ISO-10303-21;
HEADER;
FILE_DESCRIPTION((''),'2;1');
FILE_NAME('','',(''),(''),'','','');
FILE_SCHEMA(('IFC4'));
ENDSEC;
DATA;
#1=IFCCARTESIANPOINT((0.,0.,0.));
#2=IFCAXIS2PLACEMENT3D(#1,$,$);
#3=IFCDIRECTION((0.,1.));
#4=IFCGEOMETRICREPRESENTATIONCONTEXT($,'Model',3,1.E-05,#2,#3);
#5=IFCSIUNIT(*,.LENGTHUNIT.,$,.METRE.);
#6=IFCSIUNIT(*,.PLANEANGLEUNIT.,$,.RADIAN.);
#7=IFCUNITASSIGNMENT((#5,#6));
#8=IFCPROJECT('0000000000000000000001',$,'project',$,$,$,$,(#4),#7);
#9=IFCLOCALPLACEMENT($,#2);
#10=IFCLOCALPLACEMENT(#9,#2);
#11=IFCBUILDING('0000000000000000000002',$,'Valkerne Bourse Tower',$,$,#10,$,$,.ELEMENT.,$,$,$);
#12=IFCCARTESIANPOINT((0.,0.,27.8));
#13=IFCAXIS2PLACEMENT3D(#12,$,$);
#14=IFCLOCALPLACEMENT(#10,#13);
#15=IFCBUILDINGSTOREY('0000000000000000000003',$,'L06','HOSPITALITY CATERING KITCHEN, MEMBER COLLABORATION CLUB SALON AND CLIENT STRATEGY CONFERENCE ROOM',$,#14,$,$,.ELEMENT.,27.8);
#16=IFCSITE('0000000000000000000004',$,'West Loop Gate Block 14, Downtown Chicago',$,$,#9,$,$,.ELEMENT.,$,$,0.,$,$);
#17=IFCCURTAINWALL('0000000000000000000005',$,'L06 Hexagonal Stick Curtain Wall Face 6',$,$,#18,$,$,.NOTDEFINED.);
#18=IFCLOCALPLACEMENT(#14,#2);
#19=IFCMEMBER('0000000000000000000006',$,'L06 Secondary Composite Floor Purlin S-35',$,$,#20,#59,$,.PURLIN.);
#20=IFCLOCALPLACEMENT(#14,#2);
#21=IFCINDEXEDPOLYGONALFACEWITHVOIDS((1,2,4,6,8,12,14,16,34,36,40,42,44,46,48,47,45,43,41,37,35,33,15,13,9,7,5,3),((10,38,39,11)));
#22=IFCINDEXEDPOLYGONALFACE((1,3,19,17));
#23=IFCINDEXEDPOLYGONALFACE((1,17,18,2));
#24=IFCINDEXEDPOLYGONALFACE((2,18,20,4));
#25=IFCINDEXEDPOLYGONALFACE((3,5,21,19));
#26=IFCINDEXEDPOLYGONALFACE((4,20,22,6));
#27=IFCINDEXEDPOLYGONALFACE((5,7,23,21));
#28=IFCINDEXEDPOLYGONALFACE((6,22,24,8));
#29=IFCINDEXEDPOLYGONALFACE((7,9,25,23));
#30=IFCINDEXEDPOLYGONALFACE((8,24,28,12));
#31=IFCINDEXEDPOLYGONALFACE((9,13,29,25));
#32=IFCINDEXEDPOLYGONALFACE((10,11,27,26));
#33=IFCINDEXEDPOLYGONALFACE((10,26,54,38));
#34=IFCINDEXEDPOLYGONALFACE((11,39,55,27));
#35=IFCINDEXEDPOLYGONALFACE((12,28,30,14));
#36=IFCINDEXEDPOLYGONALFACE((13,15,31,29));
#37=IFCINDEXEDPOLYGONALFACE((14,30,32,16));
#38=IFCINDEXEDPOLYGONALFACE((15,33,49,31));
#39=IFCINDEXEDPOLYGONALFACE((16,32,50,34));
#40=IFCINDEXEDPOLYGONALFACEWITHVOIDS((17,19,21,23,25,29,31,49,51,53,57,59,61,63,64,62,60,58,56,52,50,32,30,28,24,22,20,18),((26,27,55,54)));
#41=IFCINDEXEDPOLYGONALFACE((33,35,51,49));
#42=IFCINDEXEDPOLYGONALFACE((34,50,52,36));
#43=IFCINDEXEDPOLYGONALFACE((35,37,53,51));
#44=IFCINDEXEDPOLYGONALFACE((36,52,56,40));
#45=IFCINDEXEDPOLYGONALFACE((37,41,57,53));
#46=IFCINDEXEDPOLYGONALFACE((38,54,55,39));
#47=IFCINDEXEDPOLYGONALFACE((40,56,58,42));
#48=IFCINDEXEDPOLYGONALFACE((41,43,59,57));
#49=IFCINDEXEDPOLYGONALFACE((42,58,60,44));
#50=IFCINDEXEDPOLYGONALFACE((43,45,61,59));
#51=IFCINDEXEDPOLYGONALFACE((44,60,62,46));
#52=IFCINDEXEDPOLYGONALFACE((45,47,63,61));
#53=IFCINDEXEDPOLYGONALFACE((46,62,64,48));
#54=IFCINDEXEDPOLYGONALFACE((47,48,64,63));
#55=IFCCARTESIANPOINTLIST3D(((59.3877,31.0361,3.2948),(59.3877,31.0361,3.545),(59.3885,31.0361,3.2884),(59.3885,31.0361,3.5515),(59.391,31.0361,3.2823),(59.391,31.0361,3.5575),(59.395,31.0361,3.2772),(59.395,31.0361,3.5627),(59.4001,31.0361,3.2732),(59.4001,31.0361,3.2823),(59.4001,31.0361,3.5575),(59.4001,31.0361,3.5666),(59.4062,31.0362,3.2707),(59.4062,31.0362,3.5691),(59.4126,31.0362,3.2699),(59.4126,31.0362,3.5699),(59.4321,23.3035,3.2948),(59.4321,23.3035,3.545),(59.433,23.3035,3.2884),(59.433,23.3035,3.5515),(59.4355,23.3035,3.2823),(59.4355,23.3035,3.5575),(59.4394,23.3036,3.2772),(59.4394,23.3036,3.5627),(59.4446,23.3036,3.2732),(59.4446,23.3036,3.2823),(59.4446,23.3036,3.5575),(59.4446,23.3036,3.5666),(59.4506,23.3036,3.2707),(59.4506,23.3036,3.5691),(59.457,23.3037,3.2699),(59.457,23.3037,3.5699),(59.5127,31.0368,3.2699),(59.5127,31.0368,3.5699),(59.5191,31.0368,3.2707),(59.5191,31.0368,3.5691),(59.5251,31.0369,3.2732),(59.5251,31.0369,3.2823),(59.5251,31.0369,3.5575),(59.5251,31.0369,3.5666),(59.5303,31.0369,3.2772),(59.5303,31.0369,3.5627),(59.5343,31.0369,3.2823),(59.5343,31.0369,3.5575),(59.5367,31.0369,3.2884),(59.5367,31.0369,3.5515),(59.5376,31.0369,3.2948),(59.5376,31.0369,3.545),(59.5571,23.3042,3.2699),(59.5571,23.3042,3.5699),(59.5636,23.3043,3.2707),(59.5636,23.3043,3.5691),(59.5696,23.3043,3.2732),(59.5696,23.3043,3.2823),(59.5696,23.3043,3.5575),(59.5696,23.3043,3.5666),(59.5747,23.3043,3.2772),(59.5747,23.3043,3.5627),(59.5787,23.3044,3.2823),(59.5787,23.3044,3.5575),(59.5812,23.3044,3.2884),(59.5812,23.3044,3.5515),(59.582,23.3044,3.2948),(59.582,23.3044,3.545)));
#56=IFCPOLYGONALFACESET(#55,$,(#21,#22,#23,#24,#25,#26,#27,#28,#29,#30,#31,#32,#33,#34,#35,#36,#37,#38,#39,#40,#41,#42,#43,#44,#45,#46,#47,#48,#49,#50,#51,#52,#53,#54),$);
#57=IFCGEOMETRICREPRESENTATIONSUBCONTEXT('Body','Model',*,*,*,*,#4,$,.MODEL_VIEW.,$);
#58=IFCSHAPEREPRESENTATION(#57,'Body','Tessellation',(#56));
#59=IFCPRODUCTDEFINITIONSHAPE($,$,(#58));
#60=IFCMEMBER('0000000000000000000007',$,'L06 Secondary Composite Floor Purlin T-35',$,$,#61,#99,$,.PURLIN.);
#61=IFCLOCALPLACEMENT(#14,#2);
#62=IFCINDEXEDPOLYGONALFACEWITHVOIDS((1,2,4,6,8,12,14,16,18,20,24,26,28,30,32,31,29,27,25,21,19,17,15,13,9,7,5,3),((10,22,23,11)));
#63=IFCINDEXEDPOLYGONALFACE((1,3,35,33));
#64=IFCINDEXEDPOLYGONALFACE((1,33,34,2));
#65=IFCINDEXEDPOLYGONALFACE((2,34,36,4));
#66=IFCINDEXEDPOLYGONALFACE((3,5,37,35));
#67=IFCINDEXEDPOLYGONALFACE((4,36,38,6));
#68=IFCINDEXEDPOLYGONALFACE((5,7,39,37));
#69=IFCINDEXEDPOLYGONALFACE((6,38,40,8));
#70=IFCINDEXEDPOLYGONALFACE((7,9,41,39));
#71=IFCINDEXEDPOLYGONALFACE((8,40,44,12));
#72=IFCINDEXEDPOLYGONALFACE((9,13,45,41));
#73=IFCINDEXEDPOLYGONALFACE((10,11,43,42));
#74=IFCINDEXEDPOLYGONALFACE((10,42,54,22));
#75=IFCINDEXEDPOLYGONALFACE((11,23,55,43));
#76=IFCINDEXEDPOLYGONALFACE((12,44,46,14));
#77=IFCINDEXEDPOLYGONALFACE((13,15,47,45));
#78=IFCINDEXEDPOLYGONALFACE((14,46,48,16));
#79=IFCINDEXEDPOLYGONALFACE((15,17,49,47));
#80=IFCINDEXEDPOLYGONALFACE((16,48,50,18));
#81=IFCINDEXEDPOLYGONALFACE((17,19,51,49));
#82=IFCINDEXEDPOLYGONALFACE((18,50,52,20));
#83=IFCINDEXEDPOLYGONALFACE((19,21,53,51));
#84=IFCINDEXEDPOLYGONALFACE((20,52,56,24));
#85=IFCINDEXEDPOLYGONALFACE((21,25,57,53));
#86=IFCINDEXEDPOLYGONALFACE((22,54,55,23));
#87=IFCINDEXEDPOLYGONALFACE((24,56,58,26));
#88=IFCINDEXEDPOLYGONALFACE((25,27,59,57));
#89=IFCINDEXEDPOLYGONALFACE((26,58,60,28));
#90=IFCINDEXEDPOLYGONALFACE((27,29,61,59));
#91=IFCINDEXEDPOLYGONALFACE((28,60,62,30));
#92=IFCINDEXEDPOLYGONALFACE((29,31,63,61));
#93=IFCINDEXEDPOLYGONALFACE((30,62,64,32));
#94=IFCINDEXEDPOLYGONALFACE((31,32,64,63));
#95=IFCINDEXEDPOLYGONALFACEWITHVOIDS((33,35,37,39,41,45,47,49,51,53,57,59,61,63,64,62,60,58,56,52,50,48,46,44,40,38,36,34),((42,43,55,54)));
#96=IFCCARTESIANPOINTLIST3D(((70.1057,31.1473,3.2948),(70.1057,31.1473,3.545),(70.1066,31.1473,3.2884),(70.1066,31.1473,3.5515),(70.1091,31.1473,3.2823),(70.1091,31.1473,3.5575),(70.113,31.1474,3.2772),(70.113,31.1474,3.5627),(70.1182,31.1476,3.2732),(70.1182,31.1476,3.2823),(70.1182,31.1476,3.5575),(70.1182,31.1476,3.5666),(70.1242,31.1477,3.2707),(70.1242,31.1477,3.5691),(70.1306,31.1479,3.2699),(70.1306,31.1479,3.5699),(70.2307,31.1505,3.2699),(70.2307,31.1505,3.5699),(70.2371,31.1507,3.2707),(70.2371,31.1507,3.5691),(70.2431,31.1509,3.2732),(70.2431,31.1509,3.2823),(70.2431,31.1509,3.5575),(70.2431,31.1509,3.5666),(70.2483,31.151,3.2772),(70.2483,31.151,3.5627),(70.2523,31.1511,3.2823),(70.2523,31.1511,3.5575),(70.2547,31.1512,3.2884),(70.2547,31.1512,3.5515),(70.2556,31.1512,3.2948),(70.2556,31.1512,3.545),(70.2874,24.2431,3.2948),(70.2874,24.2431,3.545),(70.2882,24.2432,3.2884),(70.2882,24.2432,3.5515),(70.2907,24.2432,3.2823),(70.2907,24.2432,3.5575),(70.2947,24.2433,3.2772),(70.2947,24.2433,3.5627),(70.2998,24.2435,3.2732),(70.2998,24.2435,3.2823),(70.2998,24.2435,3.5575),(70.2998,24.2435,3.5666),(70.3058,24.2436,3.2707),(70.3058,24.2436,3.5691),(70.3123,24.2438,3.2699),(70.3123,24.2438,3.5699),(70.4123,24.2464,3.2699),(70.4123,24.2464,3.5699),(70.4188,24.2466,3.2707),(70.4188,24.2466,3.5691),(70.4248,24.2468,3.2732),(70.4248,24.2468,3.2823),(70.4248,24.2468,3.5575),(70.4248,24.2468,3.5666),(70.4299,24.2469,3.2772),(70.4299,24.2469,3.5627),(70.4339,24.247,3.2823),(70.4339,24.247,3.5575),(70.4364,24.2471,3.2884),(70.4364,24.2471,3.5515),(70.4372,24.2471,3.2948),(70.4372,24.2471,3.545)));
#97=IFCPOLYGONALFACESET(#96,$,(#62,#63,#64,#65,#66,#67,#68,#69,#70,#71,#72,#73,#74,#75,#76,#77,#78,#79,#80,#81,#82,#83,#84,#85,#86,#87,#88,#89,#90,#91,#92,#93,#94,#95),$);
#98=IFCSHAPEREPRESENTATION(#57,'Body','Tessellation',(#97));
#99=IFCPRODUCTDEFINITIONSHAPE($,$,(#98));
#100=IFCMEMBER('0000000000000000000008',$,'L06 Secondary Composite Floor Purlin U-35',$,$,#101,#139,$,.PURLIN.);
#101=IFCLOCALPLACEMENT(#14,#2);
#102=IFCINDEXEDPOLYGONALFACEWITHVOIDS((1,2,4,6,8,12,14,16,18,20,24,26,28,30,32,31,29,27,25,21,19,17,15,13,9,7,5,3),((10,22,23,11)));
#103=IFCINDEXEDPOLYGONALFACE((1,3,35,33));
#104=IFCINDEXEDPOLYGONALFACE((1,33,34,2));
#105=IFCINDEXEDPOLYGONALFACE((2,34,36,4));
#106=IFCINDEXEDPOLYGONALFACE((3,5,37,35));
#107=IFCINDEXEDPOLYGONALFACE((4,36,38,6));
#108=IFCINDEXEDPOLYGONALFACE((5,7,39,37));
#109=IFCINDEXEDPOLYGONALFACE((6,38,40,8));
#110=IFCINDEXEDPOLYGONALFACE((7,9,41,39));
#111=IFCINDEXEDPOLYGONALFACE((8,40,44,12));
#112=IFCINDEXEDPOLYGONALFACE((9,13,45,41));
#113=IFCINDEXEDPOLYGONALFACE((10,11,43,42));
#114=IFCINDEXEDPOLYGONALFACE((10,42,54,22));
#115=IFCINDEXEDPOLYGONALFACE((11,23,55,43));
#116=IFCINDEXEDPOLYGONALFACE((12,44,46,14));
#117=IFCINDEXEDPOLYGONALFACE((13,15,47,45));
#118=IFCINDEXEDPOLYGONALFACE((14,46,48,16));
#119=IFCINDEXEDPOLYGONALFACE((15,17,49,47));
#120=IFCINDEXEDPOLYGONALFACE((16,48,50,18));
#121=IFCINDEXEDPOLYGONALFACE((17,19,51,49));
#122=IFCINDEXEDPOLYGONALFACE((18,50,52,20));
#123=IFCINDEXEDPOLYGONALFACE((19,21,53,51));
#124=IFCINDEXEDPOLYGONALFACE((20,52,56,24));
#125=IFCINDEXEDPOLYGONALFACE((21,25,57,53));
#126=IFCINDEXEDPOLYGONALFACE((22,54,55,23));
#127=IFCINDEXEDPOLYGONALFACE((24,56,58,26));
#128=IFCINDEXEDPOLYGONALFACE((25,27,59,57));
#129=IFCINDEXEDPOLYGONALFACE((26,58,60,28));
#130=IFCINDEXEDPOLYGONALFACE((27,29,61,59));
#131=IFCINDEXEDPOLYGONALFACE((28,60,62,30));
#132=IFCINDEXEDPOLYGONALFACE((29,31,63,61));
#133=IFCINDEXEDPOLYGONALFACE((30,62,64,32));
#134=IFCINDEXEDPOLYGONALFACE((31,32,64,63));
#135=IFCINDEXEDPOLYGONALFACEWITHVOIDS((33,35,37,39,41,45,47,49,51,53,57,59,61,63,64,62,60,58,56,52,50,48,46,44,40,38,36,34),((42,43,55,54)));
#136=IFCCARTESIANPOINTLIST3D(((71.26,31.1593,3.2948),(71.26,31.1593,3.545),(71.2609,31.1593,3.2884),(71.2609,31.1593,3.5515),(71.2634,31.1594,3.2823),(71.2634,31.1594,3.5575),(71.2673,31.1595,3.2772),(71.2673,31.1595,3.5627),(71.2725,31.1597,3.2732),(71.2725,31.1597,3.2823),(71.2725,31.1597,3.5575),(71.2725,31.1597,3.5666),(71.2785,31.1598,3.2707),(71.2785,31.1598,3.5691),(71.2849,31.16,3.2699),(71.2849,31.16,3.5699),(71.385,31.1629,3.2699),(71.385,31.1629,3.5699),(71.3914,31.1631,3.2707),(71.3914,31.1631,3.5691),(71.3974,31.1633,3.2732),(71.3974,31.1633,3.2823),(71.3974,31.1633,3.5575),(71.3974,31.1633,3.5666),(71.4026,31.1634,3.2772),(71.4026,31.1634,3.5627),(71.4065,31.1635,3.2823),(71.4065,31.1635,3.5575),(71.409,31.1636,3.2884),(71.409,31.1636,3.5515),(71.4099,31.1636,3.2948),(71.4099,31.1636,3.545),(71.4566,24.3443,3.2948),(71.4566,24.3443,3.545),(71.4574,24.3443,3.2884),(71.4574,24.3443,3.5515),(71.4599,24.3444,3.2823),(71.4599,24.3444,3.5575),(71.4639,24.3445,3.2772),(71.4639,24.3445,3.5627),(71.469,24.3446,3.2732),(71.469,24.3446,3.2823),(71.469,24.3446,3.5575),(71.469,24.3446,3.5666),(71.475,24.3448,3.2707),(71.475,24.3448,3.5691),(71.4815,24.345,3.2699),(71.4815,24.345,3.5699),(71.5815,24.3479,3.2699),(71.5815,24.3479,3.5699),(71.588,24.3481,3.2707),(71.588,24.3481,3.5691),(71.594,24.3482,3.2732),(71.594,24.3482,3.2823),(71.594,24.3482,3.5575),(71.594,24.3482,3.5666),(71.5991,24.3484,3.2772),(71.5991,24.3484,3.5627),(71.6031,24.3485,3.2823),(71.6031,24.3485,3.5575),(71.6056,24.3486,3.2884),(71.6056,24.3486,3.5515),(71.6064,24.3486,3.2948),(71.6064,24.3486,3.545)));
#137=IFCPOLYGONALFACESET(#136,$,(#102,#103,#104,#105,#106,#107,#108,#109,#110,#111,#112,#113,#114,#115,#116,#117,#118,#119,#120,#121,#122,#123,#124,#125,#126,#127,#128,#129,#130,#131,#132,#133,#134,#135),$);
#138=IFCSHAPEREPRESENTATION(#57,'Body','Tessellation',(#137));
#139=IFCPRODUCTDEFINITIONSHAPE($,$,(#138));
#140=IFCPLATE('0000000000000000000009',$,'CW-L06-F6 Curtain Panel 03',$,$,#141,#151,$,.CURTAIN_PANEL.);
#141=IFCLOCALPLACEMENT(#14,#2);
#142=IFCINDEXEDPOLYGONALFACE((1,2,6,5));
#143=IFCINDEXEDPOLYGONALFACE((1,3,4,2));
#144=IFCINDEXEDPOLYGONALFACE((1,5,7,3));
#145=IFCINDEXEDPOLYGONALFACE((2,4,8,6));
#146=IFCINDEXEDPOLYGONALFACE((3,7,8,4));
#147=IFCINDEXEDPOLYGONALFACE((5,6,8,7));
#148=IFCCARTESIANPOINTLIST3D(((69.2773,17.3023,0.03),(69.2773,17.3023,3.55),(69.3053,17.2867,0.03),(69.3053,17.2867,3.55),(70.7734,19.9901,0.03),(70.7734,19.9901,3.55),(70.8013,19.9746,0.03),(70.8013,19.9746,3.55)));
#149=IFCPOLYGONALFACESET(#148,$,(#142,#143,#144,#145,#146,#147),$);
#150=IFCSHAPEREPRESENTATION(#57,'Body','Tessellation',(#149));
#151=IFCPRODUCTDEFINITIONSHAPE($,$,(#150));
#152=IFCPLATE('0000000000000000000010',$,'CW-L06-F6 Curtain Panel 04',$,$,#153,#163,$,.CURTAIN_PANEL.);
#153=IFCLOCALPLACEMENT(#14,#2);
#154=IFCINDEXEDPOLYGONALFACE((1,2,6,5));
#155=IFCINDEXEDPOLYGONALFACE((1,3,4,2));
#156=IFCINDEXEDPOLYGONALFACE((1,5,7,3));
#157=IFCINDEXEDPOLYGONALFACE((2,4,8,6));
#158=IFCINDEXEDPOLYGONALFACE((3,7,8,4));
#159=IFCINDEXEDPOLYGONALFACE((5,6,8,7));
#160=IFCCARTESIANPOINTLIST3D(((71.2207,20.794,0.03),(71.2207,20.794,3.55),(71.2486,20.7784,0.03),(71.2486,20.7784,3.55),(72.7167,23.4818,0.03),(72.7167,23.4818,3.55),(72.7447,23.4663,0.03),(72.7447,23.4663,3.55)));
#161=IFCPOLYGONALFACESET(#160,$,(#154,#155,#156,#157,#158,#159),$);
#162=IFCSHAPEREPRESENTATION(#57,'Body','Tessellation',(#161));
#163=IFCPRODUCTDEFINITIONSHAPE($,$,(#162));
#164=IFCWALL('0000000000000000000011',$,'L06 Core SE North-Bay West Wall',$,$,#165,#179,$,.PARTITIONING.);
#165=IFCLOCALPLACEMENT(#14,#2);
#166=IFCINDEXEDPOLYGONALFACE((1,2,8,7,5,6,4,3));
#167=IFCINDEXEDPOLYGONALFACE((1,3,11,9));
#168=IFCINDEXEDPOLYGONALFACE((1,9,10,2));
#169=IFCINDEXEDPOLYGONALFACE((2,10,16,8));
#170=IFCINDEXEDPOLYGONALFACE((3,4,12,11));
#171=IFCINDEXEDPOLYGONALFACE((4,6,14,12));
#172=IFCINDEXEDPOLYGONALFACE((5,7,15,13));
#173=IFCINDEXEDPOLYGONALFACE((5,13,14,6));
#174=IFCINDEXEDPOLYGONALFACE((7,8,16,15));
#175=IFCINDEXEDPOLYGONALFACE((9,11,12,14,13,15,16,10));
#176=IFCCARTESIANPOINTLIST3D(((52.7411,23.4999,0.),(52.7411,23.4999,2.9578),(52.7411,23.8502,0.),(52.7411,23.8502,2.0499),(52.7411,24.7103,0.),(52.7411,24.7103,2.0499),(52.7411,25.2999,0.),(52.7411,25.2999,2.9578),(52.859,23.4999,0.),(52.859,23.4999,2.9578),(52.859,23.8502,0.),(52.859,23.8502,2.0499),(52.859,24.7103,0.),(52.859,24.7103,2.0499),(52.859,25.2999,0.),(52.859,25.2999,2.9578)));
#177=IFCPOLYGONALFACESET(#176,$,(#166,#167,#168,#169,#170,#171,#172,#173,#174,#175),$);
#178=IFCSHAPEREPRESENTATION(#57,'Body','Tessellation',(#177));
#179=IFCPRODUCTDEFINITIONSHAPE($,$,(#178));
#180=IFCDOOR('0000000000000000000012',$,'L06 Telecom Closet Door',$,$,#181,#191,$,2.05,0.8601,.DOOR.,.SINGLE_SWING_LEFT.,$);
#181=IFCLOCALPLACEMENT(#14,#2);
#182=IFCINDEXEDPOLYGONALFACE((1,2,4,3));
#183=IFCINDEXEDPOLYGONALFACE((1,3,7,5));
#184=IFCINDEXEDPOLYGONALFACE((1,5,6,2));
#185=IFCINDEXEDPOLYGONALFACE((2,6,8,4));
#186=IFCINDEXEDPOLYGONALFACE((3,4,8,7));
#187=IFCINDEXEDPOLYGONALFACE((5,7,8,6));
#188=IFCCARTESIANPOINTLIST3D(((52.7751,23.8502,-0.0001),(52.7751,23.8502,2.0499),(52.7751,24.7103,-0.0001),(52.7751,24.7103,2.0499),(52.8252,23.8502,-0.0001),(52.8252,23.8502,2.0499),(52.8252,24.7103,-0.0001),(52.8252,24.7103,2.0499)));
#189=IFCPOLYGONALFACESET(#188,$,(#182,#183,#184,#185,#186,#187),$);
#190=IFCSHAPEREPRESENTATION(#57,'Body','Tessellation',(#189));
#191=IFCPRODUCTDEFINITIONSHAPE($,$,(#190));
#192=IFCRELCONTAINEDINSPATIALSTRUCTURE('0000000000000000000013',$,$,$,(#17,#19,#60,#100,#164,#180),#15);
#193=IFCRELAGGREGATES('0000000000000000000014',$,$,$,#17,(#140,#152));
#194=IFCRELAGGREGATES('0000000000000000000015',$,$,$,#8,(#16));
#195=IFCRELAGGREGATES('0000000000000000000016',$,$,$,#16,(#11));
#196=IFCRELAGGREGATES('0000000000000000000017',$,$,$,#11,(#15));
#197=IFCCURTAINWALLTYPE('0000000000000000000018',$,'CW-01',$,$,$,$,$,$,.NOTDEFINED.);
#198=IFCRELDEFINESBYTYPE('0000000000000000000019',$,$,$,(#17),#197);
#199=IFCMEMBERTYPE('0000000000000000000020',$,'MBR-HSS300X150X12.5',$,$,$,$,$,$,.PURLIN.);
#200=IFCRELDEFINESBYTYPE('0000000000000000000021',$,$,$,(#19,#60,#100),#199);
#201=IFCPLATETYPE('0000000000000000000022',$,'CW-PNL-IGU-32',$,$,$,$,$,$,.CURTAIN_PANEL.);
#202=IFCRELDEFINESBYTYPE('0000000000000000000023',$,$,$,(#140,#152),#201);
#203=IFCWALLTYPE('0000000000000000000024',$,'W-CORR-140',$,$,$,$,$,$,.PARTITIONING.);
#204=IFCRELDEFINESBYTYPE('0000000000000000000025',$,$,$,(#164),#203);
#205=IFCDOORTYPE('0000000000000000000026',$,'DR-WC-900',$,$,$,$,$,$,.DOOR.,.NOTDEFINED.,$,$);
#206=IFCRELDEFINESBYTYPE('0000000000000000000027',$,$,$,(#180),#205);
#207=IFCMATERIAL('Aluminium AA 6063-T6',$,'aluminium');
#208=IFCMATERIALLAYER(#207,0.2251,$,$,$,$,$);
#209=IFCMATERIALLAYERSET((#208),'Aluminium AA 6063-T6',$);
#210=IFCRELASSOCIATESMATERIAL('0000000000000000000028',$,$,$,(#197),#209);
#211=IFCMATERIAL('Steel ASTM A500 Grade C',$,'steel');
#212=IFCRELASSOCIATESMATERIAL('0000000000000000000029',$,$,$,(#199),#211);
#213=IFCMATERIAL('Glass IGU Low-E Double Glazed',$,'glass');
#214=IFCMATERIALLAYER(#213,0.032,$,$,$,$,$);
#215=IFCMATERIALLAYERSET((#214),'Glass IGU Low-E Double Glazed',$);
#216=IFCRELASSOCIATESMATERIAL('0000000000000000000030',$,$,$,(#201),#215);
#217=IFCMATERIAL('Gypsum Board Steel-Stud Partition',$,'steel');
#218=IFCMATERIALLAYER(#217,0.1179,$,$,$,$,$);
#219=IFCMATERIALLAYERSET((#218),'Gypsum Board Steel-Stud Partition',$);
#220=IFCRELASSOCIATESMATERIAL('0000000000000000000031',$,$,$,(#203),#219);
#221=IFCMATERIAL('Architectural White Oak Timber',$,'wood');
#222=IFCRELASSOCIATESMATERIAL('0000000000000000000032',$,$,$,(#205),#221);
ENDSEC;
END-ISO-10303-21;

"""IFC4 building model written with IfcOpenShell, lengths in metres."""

from ifc_helpers import new_model, si_unit, direction, frame, frame_2d, origin, origin_2d, place, context, subcontext, project, spatial, rectangle, hollow_rectangle, extrude, material, layer, layer_set, material_profile, profile_set, type_object, element, fill, aggregate, save


model = new_model("IFC4")

# Units and contexts
model_context = context("Model", 3, precision=1e-05, world=origin(), true_north=direction((0.0, 1.0)))
body_context = subcontext(model_context, "Body", "Model", "MODEL_VIEW")
ifc_project = project(units=[si_unit("LENGTHUNIT", "METRE"), si_unit("PLANEANGLEUNIT", "RADIAN")], contexts=[model_context])

# Site, building, storey
site_placement = place(None, origin())
site = spatial("IfcSite", under=ifc_project, at=site_placement, Name="West Loop Gate Block 14, Downtown Chicago", CompositionType="ELEMENT", RefElevation=0.0)
building_placement = place(site_placement, origin())
building = spatial("IfcBuilding", under=site, at=building_placement, Name="Valkerne Bourse Tower", CompositionType="ELEMENT")
storey_placement = place(building_placement, frame((0.0, 0.0, 27.8)))
storey = spatial("IfcBuildingStorey", under=building, at=storey_placement, Name="L06", Description="HOSPITALITY CATERING KITCHEN, MEMBER COLLABORATION CLUB SALON AND CLIENT STRATEGY CONFERENCE ROOM", CompositionType="ELEMENT", Elevation=27.8)

# Curtain wall
ifc_material_1 = material(Name="Aluminium AA 6063-T6", Category="aluminium")
ifc_layer_1 = layer(ifc_material_1, 0.2251)
ifc_layer_set_1 = layer_set([ifc_layer_1], Name="Aluminium AA 6063-T6")
curtain_wall_type = type_object("IfcCurtainWallType", Name="CW-01", PredefinedType="NOTDEFINED", material=ifc_layer_set_1)
curtain_wall_placement = place(storey_placement, origin())
curtain_wall = element("IfcCurtainWall", 1, at=curtain_wall_placement, inside=storey, type_object=curtain_wall_type, Name="L06 Hexagonal Stick Curtain Wall Face 6", PredefinedType="NOTDEFINED")

# Members
ifc_material_2 = material(Name="Steel ASTM A500 Grade C", Category="steel")
ifc_material_profile_1 = material_profile(ifc_material_2, hollow_rectangle(XDim=0.1499, YDim=0.3, WallThickness=0.0125, OuterFilletRadius=0.0249, at=origin_2d()), Name="HSS300X150X12.5")
ifc_profile_set_1 = profile_set([ifc_material_profile_1], Name="Steel ASTM A500 Grade C")
member_type_1 = type_object("IfcMemberType", Name="MBR-HSS300X150X12.5", PredefinedType="PURLIN", material=ifc_profile_set_1)
member_1_placement = place(storey_placement, frame((59.5071, 23.304, 3.4199), z_axis=(-0.005746, 0.999983, 0.0), x_axis=(-0.999983, -0.005746, 0.0)))
element("IfcMember", 2, at=member_1_placement, inside=storey, type_object=member_type_1, Name="L06 Secondary Composite Floor Purlin S-35", PredefinedType="PURLIN", context=body_context, shape_type="SweptSolid", body=[
    extrude(hollow_rectangle(XDim=0.1499, YDim=0.3, WallThickness=0.0125, OuterFilletRadius=0.0249, at=origin_2d()), origin(), (0.0, 0.0, 1.0), 7.7327),
])
member_2_placement = place(storey_placement, frame((70.3623, 24.2451, 3.4199), z_axis=(-0.0263, 0.999654, 0.0), x_axis=(-0.999654, -0.0263, 0.0)))
element("IfcMember", 3, at=member_2_placement, inside=storey, type_object=member_type_1, Name="L06 Secondary Composite Floor Purlin T-35", PredefinedType="PURLIN", context=body_context, shape_type="SweptSolid", body=[
    extrude(hollow_rectangle(XDim=0.1499, YDim=0.3, WallThickness=0.0125, OuterFilletRadius=0.0249, at=origin_2d()), origin(), (0.0, 0.0, 1.0), 6.9065),
])
member_3_placement = place(storey_placement, frame((71.5315, 24.3464, 3.4199), z_axis=(-0.028827, 0.999584, 0.0), x_axis=(-0.999584, -0.028827, 0.0)))
element("IfcMember", 4, at=member_3_placement, inside=storey, type_object=member_type_1, Name="L06 Secondary Composite Floor Purlin U-35", PredefinedType="PURLIN", context=body_context, shape_type="SweptSolid", body=[
    extrude(hollow_rectangle(XDim=0.1499, YDim=0.3, WallThickness=0.0125, OuterFilletRadius=0.0249, at=origin_2d()), origin(), (0.0, 0.0, 1.0), 6.8179),
])

# Plates
ifc_material_3 = material(Name="Glass IGU Low-E Double Glazed", Category="glass")
ifc_layer_2 = layer(ifc_material_3, 0.032)
ifc_layer_set_2 = layer_set([ifc_layer_2], Name="Glass IGU Low-E Double Glazed")
plate_type = type_object("IfcPlateType", Name="CW-PNL-IGU-32", PredefinedType="CURTAIN_PANEL", material=ifc_layer_set_2)
plate_1_placement = place(storey_placement, frame((70.0393, 18.6384, 0.03), z_axis=(0.0, 0.0, 1.0), x_axis=(0.486335, 0.873772, 0.0)))
plate_1 = element("IfcPlate", 5, at=plate_1_placement, type_object=plate_type, Name="CW-L06-F6 Curtain Panel 03", PredefinedType="CURTAIN_PANEL", context=body_context, shape_type="SweptSolid", body=[
    extrude(rectangle(XDim=3.0762, YDim=0.032, at=origin_2d()), origin(), (0.0, 0.0, 1.0), 3.52),
])
plate_2_placement = place(storey_placement, frame((71.9827, 22.1301, 0.03), z_axis=(0.0, 0.0, 1.0), x_axis=(0.486335, 0.873772, 0.0)))
plate_2 = element("IfcPlate", 6, at=plate_2_placement, type_object=plate_type, Name="CW-L06-F6 Curtain Panel 04", PredefinedType="CURTAIN_PANEL", context=body_context, shape_type="SweptSolid", body=[
    extrude(rectangle(XDim=3.0762, YDim=0.032, at=origin_2d()), origin(), (0.0, 0.0, 1.0), 3.52),
])
aggregate(curtain_wall, [plate_1, plate_2])

# Wall, opening, door
ifc_material_4 = material(Name="Gypsum Board Steel-Stud Partition", Category="steel")
ifc_layer_3 = layer(ifc_material_4, 0.1179)
ifc_layer_set_3 = layer_set([ifc_layer_3], Name="Gypsum Board Steel-Stud Partition")
wall_type_1 = type_object("IfcWallType", Name="W-CORR-140", PredefinedType="PARTITIONING", material=ifc_layer_set_3)
wall_1_placement = place(storey_placement, frame((52.8, 23.5, 0.0), z_axis=(0.0, 0.0, 1.0), x_axis=(0.0, 1.0, 0.0)))
wall_1 = element("IfcWall", 7, at=wall_1_placement, inside=storey, type_object=wall_type_1, Name="L06 Core SE North-Bay West Wall", PredefinedType="PARTITIONING", context=body_context, shape_type="SweptSolid", body=[
    extrude(rectangle(XDim=1.8, YDim=0.1179, at=frame_2d((0.8999, 0.0))), origin(), (0.0, 0.0, 1.0), 2.9578),
])
opening_1_placement = place(wall_1_placement, frame((0.3501, 0.0, 0.0)))
opening_1 = element("IfcOpeningElement", 8, at=opening_1_placement, cuts=wall_1, PredefinedType="OPENING", context=body_context, shape_type="SweptSolid", body=[
    extrude(rectangle(XDim=0.8601, YDim=2.05, at=frame_2d((0.4302, 1.0249))), frame((0.0, 0.0688, 0.0), z_axis=(0.0, -1.0, 0.0), x_axis=(1.0, 0.0, 0.0)), (0.0, 0.0, 1.0), 0.1379),
])
ifc_material_5 = material(Name="Architectural White Oak Timber", Category="wood")
door_type_1 = type_object("IfcDoorType", Name="DR-WC-900", OperationType="NOTDEFINED", PredefinedType="DOOR", material=ifc_material_5)
door_1_placement = place(opening_1_placement, origin())
door_1 = element("IfcDoor", 9, at=door_1_placement, inside=storey, type_object=door_type_1, Name="L06 Telecom Closet Door", OperationType="SINGLE_SWING_LEFT", OverallHeight=2.05, OverallWidth=0.8601, PredefinedType="DOOR", context=body_context, shape_type="SweptSolid", body=[
    extrude(rectangle(XDim=0.8601, YDim=2.05, at=frame_2d((0.4302, 1.0249))), frame((0.0, 0.0249, 0.0), z_axis=(0.0, -1.0, 0.0), x_axis=(1.0, 0.0, 0.0)), (0.0, 0.0, 1.0), 0.05),
])
fill(opening_1, door_1)

save(model, "model.ifc")
